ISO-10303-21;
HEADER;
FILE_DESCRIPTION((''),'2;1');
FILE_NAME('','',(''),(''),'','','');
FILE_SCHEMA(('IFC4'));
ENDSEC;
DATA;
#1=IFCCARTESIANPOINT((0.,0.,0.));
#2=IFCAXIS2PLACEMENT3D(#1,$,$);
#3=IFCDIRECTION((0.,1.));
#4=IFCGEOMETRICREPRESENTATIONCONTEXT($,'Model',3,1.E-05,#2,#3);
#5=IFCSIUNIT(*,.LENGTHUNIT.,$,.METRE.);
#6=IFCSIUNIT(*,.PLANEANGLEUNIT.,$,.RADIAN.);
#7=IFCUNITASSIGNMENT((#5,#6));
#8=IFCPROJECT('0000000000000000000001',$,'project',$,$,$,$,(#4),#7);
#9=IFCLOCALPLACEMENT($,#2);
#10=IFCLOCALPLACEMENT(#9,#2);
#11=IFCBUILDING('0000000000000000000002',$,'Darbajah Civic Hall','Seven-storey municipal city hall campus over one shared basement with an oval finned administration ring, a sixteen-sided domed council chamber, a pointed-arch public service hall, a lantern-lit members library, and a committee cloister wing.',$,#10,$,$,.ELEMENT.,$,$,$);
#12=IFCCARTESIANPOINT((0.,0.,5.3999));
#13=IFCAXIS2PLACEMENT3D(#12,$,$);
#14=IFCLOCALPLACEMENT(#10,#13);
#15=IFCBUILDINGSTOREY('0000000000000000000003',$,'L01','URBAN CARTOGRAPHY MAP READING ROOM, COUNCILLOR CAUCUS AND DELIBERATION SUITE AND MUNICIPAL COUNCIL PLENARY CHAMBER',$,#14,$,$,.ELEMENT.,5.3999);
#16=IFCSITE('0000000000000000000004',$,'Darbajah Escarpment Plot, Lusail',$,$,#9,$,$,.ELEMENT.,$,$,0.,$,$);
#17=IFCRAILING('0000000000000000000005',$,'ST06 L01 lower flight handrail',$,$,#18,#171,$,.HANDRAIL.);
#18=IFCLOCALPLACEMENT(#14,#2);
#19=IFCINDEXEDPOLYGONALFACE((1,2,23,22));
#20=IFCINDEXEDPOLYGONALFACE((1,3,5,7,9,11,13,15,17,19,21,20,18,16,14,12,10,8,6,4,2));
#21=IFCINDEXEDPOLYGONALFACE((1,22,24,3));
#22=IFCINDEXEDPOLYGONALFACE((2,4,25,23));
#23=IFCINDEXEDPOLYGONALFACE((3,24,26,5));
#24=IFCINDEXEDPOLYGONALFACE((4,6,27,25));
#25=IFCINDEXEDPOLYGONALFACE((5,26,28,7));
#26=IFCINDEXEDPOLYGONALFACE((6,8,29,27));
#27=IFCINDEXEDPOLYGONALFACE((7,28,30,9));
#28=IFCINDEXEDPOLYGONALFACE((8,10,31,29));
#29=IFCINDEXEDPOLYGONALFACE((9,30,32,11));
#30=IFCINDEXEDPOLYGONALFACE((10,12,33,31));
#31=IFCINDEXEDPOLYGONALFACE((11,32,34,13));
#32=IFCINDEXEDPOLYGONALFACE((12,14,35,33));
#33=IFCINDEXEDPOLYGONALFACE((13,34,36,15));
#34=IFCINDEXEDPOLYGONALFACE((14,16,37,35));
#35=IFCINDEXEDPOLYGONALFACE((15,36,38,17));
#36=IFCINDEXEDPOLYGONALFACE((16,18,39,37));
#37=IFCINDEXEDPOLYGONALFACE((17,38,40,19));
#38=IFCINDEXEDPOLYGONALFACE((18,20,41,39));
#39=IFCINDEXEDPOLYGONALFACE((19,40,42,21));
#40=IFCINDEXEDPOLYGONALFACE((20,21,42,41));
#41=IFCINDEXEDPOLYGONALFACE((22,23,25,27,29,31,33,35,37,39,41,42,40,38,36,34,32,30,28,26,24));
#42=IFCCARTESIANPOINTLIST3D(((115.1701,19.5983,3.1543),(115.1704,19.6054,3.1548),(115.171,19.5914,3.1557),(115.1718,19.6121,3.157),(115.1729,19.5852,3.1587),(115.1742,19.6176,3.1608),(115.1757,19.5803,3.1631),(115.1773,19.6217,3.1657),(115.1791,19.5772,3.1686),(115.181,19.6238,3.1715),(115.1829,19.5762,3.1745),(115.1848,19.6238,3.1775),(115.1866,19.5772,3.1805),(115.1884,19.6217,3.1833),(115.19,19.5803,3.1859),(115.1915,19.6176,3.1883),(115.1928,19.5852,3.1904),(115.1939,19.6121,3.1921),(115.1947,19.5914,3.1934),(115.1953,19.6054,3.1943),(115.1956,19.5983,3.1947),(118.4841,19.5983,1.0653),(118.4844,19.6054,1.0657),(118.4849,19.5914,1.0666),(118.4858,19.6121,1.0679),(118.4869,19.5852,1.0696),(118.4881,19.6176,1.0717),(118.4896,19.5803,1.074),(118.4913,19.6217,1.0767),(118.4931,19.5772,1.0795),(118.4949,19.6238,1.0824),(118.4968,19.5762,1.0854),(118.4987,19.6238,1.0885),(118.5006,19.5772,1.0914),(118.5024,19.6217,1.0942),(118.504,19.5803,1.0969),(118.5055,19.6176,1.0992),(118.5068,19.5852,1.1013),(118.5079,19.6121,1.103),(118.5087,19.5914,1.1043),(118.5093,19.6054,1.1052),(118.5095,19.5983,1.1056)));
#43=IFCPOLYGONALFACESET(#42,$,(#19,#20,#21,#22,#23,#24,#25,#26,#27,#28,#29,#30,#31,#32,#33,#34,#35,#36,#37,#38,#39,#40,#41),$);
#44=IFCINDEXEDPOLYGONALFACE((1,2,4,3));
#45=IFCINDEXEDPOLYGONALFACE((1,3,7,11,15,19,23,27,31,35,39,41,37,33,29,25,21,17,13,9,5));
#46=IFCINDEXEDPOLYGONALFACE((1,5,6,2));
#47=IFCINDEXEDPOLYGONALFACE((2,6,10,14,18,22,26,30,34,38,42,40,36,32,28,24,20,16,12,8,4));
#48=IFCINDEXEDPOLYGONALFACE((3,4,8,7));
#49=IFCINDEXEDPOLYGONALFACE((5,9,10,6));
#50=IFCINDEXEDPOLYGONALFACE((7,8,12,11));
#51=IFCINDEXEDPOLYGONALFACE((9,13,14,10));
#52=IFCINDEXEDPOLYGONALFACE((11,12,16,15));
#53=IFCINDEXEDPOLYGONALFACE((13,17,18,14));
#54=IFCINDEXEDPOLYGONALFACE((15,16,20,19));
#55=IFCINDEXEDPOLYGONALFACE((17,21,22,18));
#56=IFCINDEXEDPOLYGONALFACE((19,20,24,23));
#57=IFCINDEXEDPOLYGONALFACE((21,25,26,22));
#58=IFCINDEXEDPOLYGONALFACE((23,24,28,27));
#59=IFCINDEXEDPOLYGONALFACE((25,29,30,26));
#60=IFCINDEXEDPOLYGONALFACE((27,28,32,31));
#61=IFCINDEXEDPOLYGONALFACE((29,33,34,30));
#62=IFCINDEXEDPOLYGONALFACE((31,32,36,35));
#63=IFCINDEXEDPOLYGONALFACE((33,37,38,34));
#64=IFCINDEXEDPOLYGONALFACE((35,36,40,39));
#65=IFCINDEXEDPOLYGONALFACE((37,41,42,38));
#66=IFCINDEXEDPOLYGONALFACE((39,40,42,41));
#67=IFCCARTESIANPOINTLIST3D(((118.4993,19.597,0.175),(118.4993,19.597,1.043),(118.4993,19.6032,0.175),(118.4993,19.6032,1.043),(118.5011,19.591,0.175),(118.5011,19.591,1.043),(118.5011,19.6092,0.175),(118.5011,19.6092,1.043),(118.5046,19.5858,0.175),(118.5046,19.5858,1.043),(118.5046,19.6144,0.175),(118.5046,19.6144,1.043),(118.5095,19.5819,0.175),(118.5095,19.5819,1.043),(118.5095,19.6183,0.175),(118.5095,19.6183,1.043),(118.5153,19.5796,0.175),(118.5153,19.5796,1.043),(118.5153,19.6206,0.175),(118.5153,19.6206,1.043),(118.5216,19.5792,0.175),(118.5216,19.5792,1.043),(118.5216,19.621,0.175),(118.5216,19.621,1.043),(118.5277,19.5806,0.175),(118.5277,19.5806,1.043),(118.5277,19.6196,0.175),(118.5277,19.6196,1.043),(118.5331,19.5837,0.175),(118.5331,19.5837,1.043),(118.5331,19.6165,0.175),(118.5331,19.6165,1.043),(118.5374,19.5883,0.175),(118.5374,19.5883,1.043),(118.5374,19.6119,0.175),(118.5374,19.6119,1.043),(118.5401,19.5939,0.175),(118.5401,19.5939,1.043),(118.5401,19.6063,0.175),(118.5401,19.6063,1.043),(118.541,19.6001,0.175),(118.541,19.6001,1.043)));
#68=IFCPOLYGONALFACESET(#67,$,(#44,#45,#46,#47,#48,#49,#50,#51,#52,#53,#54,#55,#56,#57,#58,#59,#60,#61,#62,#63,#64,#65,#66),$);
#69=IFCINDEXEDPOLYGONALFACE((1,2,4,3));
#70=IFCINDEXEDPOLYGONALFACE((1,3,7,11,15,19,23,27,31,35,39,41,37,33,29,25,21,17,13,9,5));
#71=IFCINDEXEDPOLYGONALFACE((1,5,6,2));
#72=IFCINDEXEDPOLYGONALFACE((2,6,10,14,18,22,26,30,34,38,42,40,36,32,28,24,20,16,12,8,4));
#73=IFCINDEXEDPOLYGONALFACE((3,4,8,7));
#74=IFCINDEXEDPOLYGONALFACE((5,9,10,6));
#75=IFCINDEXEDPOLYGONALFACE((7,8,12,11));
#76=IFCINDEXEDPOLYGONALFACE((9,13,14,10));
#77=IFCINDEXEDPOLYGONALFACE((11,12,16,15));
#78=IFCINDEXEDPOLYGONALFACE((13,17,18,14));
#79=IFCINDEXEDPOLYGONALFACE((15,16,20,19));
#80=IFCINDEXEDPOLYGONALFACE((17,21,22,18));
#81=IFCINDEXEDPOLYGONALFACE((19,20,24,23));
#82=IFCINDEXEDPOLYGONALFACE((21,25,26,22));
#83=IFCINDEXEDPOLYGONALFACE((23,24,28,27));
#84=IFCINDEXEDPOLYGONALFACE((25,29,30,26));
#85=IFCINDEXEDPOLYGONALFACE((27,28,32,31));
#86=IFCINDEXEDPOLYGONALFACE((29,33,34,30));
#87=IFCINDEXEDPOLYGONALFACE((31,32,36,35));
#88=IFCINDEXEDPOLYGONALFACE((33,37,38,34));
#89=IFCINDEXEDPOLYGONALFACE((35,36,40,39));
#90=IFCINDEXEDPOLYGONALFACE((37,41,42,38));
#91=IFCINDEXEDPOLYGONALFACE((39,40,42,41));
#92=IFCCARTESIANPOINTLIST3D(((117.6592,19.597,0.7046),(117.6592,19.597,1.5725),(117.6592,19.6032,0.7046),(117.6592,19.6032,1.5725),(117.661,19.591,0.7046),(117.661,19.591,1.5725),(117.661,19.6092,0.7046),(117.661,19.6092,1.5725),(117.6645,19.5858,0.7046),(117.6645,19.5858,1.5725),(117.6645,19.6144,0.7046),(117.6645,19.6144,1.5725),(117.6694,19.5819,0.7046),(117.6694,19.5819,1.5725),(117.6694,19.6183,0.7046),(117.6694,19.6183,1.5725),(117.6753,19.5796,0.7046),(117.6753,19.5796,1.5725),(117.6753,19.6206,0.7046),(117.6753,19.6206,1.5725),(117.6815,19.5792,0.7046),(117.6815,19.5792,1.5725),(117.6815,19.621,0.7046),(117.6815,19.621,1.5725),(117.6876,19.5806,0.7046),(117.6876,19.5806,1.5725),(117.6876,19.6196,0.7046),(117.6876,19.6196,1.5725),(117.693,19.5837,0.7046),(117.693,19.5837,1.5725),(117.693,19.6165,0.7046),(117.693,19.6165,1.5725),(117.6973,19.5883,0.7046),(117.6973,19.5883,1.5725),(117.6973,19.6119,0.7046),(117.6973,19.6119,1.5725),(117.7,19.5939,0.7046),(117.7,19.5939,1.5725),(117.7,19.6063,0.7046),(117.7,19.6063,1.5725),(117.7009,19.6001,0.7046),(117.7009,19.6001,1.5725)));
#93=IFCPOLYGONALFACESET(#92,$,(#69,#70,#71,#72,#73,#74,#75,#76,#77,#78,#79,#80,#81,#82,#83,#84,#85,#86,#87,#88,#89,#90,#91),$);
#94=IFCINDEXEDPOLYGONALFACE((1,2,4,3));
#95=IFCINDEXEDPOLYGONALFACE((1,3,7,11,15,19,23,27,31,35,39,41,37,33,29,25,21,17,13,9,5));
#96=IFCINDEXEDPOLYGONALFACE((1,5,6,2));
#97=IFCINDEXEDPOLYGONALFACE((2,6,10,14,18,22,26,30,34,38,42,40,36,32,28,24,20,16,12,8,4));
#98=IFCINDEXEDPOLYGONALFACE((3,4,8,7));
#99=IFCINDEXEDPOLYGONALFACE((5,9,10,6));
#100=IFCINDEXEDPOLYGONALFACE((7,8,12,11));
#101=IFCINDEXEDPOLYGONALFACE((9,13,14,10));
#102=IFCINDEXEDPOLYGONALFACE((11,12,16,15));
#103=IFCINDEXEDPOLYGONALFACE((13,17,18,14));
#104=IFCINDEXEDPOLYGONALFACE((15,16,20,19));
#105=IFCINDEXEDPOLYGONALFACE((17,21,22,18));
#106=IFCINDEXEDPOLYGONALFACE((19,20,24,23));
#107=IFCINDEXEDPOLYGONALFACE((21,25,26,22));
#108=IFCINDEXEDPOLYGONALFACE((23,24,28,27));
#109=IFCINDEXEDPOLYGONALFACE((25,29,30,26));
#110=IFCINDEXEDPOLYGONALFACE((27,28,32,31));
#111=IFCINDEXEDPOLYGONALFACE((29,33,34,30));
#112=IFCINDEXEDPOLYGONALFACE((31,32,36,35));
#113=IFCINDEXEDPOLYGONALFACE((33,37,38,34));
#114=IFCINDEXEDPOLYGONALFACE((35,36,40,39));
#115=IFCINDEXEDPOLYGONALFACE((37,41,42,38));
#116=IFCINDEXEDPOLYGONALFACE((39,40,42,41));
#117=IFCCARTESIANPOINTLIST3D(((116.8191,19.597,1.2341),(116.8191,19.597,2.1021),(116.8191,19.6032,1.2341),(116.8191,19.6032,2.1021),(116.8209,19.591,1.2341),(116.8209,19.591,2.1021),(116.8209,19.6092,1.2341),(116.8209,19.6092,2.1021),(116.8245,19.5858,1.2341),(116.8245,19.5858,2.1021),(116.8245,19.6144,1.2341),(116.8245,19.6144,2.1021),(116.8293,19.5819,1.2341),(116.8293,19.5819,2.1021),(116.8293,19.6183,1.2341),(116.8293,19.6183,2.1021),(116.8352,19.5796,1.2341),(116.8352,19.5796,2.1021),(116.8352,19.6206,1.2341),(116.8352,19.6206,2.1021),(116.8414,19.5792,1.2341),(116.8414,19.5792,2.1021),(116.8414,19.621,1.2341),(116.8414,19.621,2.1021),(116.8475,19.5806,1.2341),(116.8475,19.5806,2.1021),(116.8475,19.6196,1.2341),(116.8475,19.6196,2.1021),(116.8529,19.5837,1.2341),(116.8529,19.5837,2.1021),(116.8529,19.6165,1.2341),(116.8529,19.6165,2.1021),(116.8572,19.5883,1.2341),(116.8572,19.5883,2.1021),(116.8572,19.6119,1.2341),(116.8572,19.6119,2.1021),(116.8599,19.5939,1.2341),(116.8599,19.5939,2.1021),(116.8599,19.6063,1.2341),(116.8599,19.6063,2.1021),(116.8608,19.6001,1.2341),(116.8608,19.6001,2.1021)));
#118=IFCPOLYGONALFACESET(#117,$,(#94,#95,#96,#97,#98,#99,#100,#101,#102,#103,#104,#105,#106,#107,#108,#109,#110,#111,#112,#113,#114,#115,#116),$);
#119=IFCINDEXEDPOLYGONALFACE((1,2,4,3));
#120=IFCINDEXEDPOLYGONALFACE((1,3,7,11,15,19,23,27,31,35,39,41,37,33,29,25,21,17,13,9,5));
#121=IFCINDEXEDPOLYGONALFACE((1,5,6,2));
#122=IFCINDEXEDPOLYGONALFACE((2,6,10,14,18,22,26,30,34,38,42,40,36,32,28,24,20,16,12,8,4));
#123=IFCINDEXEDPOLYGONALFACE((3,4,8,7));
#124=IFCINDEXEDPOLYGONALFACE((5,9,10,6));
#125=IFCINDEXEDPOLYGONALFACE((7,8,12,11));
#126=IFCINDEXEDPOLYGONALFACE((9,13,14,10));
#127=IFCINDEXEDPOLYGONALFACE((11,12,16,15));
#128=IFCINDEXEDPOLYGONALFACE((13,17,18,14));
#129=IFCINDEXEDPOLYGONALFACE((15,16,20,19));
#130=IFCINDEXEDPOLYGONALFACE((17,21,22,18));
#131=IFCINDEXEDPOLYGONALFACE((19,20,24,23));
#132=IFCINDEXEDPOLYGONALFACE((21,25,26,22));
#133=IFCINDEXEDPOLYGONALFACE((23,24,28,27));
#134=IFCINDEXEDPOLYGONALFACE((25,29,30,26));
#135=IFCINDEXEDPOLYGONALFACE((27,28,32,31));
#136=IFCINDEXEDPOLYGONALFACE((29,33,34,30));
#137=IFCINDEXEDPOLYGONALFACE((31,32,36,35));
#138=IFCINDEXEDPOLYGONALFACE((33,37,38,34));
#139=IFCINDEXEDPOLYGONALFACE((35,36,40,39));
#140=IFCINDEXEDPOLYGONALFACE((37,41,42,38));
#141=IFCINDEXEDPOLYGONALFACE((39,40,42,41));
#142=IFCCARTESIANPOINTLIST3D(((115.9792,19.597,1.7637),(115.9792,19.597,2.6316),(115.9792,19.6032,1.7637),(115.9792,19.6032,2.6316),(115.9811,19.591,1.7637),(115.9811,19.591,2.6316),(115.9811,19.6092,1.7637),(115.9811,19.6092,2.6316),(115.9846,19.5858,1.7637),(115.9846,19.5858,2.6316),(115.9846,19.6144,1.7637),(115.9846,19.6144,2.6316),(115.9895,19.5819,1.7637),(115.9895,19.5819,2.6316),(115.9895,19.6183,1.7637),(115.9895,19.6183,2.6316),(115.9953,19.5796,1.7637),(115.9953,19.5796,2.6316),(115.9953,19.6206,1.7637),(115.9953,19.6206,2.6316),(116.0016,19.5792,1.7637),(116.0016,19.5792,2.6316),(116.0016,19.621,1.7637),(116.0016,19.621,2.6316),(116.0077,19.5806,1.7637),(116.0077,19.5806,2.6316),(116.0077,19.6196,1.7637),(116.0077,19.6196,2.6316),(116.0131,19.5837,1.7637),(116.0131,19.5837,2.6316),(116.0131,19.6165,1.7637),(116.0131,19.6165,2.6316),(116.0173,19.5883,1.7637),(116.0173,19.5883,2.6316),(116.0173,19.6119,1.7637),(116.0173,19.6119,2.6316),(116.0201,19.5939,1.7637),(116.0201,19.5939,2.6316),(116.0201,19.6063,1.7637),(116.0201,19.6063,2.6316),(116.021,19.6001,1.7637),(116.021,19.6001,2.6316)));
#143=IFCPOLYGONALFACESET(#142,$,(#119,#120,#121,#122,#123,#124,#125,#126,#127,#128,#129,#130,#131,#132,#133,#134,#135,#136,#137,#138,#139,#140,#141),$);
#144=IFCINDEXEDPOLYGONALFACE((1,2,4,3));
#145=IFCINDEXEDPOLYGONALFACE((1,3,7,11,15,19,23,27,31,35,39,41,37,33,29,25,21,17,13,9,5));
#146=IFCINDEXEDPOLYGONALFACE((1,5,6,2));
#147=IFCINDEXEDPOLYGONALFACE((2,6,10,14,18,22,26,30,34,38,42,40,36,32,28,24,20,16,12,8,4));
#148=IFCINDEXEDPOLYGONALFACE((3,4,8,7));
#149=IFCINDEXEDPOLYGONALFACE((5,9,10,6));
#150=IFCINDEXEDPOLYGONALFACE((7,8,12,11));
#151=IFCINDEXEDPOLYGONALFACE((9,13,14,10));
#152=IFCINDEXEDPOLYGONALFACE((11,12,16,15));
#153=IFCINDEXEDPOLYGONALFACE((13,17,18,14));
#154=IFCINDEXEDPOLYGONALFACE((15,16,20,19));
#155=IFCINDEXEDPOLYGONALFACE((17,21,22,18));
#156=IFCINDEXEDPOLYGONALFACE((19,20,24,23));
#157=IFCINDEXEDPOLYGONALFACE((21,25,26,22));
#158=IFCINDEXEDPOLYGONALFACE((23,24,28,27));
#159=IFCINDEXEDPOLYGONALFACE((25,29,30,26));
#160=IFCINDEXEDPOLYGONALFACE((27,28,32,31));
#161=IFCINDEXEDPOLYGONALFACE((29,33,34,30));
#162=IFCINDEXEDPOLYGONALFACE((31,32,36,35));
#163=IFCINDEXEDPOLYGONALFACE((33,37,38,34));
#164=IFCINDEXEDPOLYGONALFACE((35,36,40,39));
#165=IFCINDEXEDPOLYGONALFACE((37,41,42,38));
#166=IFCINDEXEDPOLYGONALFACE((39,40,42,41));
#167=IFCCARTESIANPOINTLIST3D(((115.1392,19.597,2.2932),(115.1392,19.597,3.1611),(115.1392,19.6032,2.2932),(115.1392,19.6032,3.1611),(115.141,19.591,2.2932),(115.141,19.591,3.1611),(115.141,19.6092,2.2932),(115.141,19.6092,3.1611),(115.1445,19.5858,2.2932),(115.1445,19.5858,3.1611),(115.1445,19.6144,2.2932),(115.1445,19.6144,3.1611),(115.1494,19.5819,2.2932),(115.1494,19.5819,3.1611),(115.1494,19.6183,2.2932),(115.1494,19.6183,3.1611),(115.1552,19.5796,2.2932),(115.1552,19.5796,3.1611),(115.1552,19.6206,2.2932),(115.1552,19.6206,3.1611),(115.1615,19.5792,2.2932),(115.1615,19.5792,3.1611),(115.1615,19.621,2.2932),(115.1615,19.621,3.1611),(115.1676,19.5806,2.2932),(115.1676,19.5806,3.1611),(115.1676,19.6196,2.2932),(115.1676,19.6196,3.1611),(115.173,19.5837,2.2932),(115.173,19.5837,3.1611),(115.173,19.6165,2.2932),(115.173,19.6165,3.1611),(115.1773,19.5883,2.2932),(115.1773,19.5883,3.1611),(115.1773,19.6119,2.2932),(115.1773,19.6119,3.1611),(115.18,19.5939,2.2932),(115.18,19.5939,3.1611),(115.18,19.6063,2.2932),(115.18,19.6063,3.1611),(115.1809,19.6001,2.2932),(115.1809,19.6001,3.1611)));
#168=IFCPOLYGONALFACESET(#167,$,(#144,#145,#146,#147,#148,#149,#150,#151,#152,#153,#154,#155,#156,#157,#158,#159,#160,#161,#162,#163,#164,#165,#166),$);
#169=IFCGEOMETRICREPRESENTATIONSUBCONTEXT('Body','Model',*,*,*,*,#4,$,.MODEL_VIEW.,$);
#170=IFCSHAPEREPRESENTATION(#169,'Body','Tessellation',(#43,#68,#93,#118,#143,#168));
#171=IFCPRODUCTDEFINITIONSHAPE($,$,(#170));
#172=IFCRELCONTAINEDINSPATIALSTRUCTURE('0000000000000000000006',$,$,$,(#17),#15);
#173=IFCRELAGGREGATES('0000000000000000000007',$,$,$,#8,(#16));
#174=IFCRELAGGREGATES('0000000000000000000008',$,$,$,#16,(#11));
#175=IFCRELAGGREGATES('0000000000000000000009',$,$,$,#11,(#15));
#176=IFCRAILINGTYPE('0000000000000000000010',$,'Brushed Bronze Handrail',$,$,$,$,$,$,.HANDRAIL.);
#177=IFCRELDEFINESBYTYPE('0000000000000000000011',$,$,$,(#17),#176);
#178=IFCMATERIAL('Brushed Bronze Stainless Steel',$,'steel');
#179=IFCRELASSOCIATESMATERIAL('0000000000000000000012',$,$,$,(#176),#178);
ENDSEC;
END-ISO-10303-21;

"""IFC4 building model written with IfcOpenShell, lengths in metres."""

from ifc_helpers import new_model, si_unit, direction, frame, origin, origin_2d, place, context, subcontext, project, spatial, circle, extrude, material, type_object, element, save


model = new_model("IFC4")

# Units and contexts
model_context = context("Model", 3, precision=1e-05, world=origin(), true_north=direction((0.0, 1.0)))
body_context = subcontext(model_context, "Body", "Model", "MODEL_VIEW")
ifc_project = project(units=[si_unit("LENGTHUNIT", "METRE"), si_unit("PLANEANGLEUNIT", "RADIAN")], contexts=[model_context])

# Site, building, storey
site_placement = place(None, origin())
site = spatial("IfcSite", under=ifc_project, at=site_placement, Name="Darbajah Escarpment Plot, Lusail", CompositionType="ELEMENT", RefElevation=0.0)
building_placement = place(site_placement, origin())
building = spatial("IfcBuilding", under=site, at=building_placement, Name="Darbajah Civic Hall", Description="Seven-storey municipal city hall campus over one shared basement with an oval finned administration ring, a sixteen-sided domed council chamber, a pointed-arch public service hall, a lantern-lit members library, and a committee cloister wing.", CompositionType="ELEMENT")
storey_placement = place(building_placement, frame((0.0, 0.0, 5.3999)))
storey = spatial("IfcBuildingStorey", under=building, at=storey_placement, Name="L01", Description="URBAN CARTOGRAPHY MAP READING ROOM, COUNCILLOR CAUCUS AND DELIBERATION SUITE AND MUNICIPAL COUNCIL PLENARY CHAMBER", CompositionType="ELEMENT", Elevation=5.3999)

# Railing
ifc_material_1 = material(Name="Brushed Bronze Stainless Steel", Category="steel")
railing_type = type_object("IfcRailingType", Name="Brushed Bronze Handrail", PredefinedType="HANDRAIL", material=ifc_material_1)
railing_1_placement = place(storey_placement, frame((118.52, 19.6001, 0.175)))
element("IfcRailing", 1, at=railing_1_placement, inside=storey, type_object=railing_type, Name="ST06 L01 lower flight handrail", PredefinedType="HANDRAIL", context=body_context, shape_type="SweptSolid", body=[
    extrude(circle(Radius=0.0239, at=origin_2d()), frame((-0.0232, 0.0, 0.9104), z_axis=(-0.845944, 0.0, 0.533271), x_axis=(0.0, -1.0, 0.0)), (0.0, 0.0, 1.0), 3.9175),
    extrude(circle(Radius=0.021, at=origin_2d()), origin(), (0.0, 0.0, 1.0), 0.8679),
    extrude(circle(Radius=0.021, at=origin_2d()), frame((-0.8401, 0.0, 0.5295)), (0.0, 0.0, 1.0), 0.8679),
    extrude(circle(Radius=0.021, at=origin_2d()), frame((-1.6802, 0.0, 1.0591)), (0.0, 0.0, 1.0), 0.8679),
    extrude(circle(Radius=0.021, at=origin_2d()), frame((-2.52, 0.0, 1.5886)), (0.0, 0.0, 1.0), 0.8679),
    extrude(circle(Radius=0.021, at=origin_2d()), frame((-3.3601, 0.0, 2.1182)), (0.0, 0.0, 1.0), 0.8679),
])

save(model, "model.ifc")
